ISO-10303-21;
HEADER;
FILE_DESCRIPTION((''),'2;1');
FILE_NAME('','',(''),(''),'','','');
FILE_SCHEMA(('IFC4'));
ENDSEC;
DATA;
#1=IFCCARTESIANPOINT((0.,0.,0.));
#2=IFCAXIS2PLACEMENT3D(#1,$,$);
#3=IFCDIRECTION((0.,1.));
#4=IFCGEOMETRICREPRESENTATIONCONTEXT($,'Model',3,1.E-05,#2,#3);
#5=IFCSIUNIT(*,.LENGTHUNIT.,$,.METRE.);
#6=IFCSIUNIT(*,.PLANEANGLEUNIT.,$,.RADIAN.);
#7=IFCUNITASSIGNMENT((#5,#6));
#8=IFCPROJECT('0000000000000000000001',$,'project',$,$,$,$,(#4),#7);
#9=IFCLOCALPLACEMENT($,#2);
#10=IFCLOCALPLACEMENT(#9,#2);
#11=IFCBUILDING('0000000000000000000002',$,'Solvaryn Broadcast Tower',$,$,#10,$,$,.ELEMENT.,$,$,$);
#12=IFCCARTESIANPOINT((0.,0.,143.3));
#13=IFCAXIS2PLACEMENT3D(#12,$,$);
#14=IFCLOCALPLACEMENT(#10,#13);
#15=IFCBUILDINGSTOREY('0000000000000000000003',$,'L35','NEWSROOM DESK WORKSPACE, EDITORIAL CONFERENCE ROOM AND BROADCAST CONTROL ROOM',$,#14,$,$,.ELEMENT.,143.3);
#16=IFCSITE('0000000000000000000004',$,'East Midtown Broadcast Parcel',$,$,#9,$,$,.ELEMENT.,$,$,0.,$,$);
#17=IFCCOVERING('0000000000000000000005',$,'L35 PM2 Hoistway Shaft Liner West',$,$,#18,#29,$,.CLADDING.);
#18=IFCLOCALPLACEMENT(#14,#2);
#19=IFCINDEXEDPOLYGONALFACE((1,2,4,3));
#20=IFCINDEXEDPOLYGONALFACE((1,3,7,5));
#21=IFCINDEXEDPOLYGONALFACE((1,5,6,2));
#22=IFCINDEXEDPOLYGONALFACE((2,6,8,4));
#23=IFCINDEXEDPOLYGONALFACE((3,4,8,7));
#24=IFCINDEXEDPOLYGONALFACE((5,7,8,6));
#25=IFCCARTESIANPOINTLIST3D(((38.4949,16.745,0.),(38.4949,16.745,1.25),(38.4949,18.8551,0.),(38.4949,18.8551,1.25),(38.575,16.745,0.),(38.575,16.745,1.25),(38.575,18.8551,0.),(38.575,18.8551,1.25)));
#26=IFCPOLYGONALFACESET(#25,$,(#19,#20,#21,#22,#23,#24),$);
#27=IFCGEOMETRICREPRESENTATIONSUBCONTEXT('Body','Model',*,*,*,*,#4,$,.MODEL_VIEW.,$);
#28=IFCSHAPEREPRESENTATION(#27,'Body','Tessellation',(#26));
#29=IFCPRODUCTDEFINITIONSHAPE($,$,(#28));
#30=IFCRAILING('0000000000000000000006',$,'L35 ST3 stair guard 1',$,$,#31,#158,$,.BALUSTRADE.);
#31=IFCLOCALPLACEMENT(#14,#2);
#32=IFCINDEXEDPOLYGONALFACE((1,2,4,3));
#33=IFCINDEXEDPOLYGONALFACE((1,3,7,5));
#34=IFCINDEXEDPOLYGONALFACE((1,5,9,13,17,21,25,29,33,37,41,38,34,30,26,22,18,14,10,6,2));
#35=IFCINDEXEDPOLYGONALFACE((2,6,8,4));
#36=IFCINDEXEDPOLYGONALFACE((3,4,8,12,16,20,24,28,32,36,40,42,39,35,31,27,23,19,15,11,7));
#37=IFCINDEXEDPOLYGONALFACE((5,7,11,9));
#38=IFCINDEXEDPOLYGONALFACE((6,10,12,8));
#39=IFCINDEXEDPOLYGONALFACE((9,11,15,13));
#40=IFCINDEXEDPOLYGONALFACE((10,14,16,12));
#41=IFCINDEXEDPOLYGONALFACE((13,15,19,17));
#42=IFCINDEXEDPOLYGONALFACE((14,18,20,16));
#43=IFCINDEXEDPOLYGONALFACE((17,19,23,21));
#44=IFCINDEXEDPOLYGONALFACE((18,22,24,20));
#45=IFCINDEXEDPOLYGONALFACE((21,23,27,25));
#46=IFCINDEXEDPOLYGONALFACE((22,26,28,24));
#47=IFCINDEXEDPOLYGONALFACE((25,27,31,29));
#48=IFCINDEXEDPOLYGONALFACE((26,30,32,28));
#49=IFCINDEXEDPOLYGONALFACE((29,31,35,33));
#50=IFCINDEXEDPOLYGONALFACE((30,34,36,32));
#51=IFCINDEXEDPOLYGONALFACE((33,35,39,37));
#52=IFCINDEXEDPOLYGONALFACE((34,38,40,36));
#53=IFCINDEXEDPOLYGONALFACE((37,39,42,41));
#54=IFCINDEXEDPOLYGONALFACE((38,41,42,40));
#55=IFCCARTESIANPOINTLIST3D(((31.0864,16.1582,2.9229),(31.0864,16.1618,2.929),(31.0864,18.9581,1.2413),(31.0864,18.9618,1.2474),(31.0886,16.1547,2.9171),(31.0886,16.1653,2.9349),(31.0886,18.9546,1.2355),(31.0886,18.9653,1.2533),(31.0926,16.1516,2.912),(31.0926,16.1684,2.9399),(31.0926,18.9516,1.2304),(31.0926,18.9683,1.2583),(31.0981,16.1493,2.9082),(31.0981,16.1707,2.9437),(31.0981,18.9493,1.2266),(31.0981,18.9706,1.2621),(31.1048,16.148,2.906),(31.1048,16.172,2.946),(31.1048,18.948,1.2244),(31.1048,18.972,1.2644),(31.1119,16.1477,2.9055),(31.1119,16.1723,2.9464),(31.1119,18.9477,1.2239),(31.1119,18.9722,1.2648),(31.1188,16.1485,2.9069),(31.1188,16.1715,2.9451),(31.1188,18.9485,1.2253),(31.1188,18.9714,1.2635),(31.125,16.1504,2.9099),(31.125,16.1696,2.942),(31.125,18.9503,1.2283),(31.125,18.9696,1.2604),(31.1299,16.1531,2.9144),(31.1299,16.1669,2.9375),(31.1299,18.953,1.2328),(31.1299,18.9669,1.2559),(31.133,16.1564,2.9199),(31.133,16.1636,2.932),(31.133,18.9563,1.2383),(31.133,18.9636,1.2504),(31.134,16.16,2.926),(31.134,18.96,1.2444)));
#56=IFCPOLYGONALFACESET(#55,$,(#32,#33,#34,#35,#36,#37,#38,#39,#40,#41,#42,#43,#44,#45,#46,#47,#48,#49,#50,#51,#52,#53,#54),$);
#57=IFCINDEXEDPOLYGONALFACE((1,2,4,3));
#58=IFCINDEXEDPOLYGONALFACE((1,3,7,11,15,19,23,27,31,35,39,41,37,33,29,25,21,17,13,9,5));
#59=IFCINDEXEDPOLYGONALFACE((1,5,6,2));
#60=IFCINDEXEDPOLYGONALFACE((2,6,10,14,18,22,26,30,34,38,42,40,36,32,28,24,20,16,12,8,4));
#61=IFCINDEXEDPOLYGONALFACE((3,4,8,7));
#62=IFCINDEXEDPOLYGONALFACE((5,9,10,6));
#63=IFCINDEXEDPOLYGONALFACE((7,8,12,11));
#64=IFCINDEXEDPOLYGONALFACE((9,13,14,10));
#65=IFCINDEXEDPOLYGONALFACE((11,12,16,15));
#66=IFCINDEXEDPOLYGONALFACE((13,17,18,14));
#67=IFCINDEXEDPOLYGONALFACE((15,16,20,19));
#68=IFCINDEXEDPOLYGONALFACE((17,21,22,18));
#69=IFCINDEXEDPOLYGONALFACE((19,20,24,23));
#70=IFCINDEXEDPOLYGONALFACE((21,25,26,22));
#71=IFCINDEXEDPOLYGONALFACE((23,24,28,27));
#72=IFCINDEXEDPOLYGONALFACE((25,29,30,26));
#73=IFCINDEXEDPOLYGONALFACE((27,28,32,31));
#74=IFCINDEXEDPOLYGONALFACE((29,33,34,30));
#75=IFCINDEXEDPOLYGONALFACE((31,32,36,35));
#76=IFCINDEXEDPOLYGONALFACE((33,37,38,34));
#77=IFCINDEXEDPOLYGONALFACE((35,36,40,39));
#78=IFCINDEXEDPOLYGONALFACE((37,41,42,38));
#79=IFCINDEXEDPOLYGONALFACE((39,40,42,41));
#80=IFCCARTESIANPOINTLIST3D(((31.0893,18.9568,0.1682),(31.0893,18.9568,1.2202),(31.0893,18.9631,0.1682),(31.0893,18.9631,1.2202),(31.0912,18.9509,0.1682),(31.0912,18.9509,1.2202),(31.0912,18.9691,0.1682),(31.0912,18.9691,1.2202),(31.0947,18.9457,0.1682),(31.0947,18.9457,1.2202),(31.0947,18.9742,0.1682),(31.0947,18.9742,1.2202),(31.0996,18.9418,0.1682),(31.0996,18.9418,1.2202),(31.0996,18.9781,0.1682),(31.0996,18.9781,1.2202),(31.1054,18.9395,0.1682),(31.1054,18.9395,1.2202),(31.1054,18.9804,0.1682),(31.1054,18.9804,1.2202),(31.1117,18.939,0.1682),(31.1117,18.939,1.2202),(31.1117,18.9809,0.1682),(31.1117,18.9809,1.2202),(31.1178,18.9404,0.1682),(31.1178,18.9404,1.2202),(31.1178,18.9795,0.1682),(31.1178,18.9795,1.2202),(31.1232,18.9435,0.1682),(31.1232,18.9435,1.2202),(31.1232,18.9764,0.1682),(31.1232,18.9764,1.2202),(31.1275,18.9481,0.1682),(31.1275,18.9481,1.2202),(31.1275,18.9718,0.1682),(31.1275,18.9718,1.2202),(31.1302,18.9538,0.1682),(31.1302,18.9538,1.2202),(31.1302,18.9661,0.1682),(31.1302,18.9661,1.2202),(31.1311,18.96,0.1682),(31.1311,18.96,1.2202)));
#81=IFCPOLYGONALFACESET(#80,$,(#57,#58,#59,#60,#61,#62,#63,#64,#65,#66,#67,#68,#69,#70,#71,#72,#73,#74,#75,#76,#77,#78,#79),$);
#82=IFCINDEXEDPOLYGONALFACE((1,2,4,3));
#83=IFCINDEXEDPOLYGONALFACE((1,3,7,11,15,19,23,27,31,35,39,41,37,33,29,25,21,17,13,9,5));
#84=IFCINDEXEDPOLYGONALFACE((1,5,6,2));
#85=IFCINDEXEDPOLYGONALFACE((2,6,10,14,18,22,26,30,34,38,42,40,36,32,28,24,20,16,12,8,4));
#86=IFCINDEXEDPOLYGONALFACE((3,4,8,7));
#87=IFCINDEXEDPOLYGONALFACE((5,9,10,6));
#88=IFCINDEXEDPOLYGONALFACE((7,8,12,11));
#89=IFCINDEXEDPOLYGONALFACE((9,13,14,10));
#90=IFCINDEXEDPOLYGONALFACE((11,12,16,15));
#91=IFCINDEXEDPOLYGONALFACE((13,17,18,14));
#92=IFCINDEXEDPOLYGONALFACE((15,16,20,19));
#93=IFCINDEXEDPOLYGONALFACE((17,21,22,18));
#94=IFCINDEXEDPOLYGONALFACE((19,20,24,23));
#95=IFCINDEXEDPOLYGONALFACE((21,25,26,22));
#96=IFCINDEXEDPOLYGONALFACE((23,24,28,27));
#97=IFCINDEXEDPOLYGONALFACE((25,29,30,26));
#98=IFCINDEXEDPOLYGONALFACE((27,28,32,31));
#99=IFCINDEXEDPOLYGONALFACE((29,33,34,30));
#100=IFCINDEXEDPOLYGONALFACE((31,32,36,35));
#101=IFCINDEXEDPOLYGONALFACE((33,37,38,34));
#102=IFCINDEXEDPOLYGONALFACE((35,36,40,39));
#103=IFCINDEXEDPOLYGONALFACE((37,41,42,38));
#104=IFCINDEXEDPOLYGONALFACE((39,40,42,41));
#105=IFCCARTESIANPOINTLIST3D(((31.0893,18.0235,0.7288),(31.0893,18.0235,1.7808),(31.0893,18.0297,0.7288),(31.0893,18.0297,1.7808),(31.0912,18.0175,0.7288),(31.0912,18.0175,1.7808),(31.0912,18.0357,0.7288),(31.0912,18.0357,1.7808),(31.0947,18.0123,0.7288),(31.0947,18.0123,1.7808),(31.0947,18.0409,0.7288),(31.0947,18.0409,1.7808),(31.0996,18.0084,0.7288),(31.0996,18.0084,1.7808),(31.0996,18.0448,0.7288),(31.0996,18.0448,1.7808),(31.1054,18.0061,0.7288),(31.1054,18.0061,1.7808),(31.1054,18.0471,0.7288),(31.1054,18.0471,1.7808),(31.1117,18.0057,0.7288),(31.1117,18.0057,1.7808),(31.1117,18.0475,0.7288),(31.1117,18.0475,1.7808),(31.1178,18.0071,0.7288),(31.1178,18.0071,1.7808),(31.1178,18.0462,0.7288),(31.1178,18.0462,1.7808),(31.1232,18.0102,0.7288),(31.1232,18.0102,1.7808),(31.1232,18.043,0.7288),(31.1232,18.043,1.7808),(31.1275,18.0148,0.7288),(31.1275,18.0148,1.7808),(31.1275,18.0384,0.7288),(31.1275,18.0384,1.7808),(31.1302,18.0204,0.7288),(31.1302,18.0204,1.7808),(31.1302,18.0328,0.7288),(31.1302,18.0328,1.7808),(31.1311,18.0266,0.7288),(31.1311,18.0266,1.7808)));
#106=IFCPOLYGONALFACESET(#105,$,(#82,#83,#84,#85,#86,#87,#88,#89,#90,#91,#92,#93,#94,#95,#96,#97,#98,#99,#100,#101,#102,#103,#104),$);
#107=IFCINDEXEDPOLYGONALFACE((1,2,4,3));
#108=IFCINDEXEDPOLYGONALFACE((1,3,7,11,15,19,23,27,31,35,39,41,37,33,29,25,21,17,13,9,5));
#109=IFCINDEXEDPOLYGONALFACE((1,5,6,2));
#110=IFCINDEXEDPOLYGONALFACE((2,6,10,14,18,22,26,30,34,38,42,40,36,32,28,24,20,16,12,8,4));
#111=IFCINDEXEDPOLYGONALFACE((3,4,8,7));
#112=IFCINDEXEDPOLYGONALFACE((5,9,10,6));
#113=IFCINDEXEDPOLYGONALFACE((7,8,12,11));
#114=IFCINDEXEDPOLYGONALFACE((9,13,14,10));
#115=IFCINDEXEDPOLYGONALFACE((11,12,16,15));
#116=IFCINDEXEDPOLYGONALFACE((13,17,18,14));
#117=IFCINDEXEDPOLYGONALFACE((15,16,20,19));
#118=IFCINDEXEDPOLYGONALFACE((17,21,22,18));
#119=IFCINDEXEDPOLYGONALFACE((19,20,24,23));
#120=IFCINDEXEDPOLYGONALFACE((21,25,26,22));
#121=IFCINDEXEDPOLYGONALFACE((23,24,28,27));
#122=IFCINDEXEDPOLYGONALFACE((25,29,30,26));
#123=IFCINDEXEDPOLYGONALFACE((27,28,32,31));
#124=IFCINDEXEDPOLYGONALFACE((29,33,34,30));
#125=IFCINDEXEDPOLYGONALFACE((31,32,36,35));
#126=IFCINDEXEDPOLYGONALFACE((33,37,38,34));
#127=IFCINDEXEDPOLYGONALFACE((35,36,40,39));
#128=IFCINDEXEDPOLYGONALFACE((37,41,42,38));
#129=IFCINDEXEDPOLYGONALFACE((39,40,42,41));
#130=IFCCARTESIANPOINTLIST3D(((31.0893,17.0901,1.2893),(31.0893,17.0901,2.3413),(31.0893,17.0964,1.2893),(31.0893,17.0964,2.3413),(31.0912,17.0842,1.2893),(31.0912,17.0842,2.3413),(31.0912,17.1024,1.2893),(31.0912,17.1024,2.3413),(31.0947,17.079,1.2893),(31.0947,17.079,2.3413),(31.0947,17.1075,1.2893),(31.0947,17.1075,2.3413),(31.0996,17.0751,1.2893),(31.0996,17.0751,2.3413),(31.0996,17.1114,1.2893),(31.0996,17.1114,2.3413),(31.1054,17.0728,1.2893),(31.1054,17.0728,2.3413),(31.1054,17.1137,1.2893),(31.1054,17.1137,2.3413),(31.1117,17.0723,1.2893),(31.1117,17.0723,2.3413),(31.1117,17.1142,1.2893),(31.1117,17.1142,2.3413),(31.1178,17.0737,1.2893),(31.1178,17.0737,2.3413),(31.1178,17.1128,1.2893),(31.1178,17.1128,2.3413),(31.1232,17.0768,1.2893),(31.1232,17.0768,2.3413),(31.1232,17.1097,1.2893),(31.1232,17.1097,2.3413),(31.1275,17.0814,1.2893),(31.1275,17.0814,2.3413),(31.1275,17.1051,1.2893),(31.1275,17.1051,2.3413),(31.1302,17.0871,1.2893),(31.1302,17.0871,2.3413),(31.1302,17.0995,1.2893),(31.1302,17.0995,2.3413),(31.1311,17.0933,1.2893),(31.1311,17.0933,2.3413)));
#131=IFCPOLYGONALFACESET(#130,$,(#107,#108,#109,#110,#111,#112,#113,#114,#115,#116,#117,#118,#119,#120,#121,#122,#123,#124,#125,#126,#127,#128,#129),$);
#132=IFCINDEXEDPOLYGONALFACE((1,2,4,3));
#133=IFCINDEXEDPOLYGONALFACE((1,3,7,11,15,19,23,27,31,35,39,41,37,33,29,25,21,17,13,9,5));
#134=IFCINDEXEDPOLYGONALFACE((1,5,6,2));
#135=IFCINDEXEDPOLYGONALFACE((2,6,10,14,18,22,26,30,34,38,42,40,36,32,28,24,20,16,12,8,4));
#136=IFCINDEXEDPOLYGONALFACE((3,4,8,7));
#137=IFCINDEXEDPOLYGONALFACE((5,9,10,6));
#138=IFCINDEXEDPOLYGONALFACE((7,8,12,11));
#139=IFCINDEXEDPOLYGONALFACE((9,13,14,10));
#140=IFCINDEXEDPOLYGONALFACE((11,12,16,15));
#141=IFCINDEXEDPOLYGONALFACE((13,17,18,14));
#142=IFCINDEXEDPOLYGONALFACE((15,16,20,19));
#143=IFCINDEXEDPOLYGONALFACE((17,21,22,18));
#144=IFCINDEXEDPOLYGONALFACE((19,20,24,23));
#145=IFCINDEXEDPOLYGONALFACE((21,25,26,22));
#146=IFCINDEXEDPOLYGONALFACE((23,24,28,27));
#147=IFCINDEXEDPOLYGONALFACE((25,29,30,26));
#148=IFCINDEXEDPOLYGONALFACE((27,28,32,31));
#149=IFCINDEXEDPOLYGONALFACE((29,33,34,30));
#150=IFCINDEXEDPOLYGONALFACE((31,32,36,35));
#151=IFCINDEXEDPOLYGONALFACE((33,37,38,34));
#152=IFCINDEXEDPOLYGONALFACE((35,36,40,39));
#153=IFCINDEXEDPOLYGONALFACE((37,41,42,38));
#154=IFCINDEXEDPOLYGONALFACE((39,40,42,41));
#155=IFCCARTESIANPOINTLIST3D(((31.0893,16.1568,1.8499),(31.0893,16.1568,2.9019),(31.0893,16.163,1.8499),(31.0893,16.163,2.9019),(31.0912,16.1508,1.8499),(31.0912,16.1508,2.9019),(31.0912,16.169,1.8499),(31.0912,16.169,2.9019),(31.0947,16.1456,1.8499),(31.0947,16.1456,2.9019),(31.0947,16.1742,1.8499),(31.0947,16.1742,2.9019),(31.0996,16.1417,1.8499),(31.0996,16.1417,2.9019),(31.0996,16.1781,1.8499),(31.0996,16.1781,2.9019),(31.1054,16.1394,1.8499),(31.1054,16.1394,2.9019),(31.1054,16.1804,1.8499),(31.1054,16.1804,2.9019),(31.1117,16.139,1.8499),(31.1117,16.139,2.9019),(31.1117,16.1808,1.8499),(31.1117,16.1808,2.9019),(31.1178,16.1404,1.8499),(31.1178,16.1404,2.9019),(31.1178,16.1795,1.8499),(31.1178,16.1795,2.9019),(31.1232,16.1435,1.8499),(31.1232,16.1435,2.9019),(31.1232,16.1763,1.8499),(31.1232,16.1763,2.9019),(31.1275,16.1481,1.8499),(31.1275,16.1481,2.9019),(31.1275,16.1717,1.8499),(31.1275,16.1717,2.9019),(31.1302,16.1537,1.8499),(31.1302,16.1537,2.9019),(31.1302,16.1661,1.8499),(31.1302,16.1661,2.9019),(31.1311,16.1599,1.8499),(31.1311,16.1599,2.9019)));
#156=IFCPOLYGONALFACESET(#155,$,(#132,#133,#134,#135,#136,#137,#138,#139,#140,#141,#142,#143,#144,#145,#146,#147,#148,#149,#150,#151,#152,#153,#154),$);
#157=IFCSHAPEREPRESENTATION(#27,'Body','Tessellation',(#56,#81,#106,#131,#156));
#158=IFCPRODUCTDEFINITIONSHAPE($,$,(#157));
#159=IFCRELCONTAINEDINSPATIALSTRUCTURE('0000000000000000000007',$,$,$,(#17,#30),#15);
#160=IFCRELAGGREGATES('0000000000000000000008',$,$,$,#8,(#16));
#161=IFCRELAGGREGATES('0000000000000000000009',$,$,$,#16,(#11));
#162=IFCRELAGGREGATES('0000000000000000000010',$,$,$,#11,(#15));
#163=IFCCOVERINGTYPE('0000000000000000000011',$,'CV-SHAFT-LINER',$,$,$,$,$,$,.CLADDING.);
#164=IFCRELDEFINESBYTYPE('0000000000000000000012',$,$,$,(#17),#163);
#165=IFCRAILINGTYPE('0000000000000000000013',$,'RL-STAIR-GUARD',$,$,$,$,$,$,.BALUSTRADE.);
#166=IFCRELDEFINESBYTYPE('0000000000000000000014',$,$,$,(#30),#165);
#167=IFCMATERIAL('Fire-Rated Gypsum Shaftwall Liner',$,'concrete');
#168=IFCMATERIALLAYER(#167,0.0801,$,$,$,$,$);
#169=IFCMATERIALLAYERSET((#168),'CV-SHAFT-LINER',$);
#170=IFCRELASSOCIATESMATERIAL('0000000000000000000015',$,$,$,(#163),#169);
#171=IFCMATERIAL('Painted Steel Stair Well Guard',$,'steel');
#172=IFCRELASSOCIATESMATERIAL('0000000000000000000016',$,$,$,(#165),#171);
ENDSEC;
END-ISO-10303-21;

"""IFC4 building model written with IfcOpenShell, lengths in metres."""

from ifc_helpers import new_model, si_unit, direction, frame, origin, origin_2d, place, context, subcontext, project, spatial, rectangle, circle, extrude, material, layer, layer_set, type_object, element, save


model = new_model("IFC4")

# Units and contexts
model_context = context("Model", 3, precision=1e-05, world=origin(), true_north=direction((0.0, 1.0)))
body_context = subcontext(model_context, "Body", "Model", "MODEL_VIEW")
ifc_project = project(units=[si_unit("LENGTHUNIT", "METRE"), si_unit("PLANEANGLEUNIT", "RADIAN")], contexts=[model_context])

# Site, building, storey
site_placement = place(None, origin())
site = spatial("IfcSite", under=ifc_project, at=site_placement, Name="East Midtown Broadcast Parcel", CompositionType="ELEMENT", RefElevation=0.0)
building_placement = place(site_placement, origin())
building = spatial("IfcBuilding", under=site, at=building_placement, Name="Solvaryn Broadcast Tower", CompositionType="ELEMENT")
storey_placement = place(building_placement, frame((0.0, 0.0, 143.3)))
storey = spatial("IfcBuildingStorey", under=building, at=storey_placement, Name="L35", Description="NEWSROOM DESK WORKSPACE, EDITORIAL CONFERENCE ROOM AND BROADCAST CONTROL ROOM", CompositionType="ELEMENT", Elevation=143.3)

# Covering
ifc_material_1 = material(Name="Fire-Rated Gypsum Shaftwall Liner", Category="concrete")
ifc_layer_1 = layer(ifc_material_1, 0.0801)
ifc_layer_set_1 = layer_set([ifc_layer_1], Name="CV-SHAFT-LINER")
covering_type = type_object("IfcCoveringType", Name="CV-SHAFT-LINER", PredefinedType="CLADDING", material=ifc_layer_set_1)
for number, where, z_axis, x_axis, name in (
    (1, (38.5349, 17.8, 0.0), (0.0, 0.0, 1.0), (1.0, 0.0, 0.0), "L35 PM2 Hoistway Shaft Liner West"),
):
    element("IfcCovering", number, at=place(storey_placement, frame(where, z_axis=z_axis, x_axis=x_axis)), inside=storey, type_object=covering_type, Name=name, PredefinedType="CLADDING", context=body_context, shape_type="SweptSolid", body=[
        extrude(rectangle(XDim=0.0801, YDim=2.1101, at=origin_2d()), origin(), (0.0, 0.0, 1.0), 1.25),
    ])

# Railing
ifc_material_2 = material(Name="Painted Steel Stair Well Guard", Category="steel")
railing_type_1 = type_object("IfcRailingType", Name="RL-STAIR-GUARD", PredefinedType="BALUSTRADE", material=ifc_material_2)
railing_1_placement = place(storey_placement, frame((31.1101, 18.96, 0.1682)))
element("IfcRailing", 2, at=railing_1_placement, inside=storey, type_object=railing_type_1, Name="L35 ST3 stair guard 1", PredefinedType="BALUSTRADE", context=body_context, shape_type="SweptSolid", body=[
    extrude(circle(Radius=0.0239, at=origin_2d()), frame((0.0, 0.0, 1.0762), z_axis=(0.0, -0.857275, 0.514858), x_axis=(1.0, 0.0, 0.0)), (0.0, 0.0, 1.0), 3.2661),
    extrude(circle(Radius=0.021, at=origin_2d()), origin(), (0.0, 0.0, 1.0), 1.052),
    extrude(circle(Radius=0.021, at=origin_2d()), frame((0.0, -0.9333, 0.5605)), (0.0, 0.0, 1.0), 1.052),
    extrude(circle(Radius=0.021, at=origin_2d()), frame((0.0, -1.8667, 1.1211)), (0.0, 0.0, 1.0), 1.052),
    extrude(circle(Radius=0.021, at=origin_2d()), frame((0.0, -2.8, 1.6816)), (0.0, 0.0, 1.0), 1.052),
])

save(model, "model.ifc")
